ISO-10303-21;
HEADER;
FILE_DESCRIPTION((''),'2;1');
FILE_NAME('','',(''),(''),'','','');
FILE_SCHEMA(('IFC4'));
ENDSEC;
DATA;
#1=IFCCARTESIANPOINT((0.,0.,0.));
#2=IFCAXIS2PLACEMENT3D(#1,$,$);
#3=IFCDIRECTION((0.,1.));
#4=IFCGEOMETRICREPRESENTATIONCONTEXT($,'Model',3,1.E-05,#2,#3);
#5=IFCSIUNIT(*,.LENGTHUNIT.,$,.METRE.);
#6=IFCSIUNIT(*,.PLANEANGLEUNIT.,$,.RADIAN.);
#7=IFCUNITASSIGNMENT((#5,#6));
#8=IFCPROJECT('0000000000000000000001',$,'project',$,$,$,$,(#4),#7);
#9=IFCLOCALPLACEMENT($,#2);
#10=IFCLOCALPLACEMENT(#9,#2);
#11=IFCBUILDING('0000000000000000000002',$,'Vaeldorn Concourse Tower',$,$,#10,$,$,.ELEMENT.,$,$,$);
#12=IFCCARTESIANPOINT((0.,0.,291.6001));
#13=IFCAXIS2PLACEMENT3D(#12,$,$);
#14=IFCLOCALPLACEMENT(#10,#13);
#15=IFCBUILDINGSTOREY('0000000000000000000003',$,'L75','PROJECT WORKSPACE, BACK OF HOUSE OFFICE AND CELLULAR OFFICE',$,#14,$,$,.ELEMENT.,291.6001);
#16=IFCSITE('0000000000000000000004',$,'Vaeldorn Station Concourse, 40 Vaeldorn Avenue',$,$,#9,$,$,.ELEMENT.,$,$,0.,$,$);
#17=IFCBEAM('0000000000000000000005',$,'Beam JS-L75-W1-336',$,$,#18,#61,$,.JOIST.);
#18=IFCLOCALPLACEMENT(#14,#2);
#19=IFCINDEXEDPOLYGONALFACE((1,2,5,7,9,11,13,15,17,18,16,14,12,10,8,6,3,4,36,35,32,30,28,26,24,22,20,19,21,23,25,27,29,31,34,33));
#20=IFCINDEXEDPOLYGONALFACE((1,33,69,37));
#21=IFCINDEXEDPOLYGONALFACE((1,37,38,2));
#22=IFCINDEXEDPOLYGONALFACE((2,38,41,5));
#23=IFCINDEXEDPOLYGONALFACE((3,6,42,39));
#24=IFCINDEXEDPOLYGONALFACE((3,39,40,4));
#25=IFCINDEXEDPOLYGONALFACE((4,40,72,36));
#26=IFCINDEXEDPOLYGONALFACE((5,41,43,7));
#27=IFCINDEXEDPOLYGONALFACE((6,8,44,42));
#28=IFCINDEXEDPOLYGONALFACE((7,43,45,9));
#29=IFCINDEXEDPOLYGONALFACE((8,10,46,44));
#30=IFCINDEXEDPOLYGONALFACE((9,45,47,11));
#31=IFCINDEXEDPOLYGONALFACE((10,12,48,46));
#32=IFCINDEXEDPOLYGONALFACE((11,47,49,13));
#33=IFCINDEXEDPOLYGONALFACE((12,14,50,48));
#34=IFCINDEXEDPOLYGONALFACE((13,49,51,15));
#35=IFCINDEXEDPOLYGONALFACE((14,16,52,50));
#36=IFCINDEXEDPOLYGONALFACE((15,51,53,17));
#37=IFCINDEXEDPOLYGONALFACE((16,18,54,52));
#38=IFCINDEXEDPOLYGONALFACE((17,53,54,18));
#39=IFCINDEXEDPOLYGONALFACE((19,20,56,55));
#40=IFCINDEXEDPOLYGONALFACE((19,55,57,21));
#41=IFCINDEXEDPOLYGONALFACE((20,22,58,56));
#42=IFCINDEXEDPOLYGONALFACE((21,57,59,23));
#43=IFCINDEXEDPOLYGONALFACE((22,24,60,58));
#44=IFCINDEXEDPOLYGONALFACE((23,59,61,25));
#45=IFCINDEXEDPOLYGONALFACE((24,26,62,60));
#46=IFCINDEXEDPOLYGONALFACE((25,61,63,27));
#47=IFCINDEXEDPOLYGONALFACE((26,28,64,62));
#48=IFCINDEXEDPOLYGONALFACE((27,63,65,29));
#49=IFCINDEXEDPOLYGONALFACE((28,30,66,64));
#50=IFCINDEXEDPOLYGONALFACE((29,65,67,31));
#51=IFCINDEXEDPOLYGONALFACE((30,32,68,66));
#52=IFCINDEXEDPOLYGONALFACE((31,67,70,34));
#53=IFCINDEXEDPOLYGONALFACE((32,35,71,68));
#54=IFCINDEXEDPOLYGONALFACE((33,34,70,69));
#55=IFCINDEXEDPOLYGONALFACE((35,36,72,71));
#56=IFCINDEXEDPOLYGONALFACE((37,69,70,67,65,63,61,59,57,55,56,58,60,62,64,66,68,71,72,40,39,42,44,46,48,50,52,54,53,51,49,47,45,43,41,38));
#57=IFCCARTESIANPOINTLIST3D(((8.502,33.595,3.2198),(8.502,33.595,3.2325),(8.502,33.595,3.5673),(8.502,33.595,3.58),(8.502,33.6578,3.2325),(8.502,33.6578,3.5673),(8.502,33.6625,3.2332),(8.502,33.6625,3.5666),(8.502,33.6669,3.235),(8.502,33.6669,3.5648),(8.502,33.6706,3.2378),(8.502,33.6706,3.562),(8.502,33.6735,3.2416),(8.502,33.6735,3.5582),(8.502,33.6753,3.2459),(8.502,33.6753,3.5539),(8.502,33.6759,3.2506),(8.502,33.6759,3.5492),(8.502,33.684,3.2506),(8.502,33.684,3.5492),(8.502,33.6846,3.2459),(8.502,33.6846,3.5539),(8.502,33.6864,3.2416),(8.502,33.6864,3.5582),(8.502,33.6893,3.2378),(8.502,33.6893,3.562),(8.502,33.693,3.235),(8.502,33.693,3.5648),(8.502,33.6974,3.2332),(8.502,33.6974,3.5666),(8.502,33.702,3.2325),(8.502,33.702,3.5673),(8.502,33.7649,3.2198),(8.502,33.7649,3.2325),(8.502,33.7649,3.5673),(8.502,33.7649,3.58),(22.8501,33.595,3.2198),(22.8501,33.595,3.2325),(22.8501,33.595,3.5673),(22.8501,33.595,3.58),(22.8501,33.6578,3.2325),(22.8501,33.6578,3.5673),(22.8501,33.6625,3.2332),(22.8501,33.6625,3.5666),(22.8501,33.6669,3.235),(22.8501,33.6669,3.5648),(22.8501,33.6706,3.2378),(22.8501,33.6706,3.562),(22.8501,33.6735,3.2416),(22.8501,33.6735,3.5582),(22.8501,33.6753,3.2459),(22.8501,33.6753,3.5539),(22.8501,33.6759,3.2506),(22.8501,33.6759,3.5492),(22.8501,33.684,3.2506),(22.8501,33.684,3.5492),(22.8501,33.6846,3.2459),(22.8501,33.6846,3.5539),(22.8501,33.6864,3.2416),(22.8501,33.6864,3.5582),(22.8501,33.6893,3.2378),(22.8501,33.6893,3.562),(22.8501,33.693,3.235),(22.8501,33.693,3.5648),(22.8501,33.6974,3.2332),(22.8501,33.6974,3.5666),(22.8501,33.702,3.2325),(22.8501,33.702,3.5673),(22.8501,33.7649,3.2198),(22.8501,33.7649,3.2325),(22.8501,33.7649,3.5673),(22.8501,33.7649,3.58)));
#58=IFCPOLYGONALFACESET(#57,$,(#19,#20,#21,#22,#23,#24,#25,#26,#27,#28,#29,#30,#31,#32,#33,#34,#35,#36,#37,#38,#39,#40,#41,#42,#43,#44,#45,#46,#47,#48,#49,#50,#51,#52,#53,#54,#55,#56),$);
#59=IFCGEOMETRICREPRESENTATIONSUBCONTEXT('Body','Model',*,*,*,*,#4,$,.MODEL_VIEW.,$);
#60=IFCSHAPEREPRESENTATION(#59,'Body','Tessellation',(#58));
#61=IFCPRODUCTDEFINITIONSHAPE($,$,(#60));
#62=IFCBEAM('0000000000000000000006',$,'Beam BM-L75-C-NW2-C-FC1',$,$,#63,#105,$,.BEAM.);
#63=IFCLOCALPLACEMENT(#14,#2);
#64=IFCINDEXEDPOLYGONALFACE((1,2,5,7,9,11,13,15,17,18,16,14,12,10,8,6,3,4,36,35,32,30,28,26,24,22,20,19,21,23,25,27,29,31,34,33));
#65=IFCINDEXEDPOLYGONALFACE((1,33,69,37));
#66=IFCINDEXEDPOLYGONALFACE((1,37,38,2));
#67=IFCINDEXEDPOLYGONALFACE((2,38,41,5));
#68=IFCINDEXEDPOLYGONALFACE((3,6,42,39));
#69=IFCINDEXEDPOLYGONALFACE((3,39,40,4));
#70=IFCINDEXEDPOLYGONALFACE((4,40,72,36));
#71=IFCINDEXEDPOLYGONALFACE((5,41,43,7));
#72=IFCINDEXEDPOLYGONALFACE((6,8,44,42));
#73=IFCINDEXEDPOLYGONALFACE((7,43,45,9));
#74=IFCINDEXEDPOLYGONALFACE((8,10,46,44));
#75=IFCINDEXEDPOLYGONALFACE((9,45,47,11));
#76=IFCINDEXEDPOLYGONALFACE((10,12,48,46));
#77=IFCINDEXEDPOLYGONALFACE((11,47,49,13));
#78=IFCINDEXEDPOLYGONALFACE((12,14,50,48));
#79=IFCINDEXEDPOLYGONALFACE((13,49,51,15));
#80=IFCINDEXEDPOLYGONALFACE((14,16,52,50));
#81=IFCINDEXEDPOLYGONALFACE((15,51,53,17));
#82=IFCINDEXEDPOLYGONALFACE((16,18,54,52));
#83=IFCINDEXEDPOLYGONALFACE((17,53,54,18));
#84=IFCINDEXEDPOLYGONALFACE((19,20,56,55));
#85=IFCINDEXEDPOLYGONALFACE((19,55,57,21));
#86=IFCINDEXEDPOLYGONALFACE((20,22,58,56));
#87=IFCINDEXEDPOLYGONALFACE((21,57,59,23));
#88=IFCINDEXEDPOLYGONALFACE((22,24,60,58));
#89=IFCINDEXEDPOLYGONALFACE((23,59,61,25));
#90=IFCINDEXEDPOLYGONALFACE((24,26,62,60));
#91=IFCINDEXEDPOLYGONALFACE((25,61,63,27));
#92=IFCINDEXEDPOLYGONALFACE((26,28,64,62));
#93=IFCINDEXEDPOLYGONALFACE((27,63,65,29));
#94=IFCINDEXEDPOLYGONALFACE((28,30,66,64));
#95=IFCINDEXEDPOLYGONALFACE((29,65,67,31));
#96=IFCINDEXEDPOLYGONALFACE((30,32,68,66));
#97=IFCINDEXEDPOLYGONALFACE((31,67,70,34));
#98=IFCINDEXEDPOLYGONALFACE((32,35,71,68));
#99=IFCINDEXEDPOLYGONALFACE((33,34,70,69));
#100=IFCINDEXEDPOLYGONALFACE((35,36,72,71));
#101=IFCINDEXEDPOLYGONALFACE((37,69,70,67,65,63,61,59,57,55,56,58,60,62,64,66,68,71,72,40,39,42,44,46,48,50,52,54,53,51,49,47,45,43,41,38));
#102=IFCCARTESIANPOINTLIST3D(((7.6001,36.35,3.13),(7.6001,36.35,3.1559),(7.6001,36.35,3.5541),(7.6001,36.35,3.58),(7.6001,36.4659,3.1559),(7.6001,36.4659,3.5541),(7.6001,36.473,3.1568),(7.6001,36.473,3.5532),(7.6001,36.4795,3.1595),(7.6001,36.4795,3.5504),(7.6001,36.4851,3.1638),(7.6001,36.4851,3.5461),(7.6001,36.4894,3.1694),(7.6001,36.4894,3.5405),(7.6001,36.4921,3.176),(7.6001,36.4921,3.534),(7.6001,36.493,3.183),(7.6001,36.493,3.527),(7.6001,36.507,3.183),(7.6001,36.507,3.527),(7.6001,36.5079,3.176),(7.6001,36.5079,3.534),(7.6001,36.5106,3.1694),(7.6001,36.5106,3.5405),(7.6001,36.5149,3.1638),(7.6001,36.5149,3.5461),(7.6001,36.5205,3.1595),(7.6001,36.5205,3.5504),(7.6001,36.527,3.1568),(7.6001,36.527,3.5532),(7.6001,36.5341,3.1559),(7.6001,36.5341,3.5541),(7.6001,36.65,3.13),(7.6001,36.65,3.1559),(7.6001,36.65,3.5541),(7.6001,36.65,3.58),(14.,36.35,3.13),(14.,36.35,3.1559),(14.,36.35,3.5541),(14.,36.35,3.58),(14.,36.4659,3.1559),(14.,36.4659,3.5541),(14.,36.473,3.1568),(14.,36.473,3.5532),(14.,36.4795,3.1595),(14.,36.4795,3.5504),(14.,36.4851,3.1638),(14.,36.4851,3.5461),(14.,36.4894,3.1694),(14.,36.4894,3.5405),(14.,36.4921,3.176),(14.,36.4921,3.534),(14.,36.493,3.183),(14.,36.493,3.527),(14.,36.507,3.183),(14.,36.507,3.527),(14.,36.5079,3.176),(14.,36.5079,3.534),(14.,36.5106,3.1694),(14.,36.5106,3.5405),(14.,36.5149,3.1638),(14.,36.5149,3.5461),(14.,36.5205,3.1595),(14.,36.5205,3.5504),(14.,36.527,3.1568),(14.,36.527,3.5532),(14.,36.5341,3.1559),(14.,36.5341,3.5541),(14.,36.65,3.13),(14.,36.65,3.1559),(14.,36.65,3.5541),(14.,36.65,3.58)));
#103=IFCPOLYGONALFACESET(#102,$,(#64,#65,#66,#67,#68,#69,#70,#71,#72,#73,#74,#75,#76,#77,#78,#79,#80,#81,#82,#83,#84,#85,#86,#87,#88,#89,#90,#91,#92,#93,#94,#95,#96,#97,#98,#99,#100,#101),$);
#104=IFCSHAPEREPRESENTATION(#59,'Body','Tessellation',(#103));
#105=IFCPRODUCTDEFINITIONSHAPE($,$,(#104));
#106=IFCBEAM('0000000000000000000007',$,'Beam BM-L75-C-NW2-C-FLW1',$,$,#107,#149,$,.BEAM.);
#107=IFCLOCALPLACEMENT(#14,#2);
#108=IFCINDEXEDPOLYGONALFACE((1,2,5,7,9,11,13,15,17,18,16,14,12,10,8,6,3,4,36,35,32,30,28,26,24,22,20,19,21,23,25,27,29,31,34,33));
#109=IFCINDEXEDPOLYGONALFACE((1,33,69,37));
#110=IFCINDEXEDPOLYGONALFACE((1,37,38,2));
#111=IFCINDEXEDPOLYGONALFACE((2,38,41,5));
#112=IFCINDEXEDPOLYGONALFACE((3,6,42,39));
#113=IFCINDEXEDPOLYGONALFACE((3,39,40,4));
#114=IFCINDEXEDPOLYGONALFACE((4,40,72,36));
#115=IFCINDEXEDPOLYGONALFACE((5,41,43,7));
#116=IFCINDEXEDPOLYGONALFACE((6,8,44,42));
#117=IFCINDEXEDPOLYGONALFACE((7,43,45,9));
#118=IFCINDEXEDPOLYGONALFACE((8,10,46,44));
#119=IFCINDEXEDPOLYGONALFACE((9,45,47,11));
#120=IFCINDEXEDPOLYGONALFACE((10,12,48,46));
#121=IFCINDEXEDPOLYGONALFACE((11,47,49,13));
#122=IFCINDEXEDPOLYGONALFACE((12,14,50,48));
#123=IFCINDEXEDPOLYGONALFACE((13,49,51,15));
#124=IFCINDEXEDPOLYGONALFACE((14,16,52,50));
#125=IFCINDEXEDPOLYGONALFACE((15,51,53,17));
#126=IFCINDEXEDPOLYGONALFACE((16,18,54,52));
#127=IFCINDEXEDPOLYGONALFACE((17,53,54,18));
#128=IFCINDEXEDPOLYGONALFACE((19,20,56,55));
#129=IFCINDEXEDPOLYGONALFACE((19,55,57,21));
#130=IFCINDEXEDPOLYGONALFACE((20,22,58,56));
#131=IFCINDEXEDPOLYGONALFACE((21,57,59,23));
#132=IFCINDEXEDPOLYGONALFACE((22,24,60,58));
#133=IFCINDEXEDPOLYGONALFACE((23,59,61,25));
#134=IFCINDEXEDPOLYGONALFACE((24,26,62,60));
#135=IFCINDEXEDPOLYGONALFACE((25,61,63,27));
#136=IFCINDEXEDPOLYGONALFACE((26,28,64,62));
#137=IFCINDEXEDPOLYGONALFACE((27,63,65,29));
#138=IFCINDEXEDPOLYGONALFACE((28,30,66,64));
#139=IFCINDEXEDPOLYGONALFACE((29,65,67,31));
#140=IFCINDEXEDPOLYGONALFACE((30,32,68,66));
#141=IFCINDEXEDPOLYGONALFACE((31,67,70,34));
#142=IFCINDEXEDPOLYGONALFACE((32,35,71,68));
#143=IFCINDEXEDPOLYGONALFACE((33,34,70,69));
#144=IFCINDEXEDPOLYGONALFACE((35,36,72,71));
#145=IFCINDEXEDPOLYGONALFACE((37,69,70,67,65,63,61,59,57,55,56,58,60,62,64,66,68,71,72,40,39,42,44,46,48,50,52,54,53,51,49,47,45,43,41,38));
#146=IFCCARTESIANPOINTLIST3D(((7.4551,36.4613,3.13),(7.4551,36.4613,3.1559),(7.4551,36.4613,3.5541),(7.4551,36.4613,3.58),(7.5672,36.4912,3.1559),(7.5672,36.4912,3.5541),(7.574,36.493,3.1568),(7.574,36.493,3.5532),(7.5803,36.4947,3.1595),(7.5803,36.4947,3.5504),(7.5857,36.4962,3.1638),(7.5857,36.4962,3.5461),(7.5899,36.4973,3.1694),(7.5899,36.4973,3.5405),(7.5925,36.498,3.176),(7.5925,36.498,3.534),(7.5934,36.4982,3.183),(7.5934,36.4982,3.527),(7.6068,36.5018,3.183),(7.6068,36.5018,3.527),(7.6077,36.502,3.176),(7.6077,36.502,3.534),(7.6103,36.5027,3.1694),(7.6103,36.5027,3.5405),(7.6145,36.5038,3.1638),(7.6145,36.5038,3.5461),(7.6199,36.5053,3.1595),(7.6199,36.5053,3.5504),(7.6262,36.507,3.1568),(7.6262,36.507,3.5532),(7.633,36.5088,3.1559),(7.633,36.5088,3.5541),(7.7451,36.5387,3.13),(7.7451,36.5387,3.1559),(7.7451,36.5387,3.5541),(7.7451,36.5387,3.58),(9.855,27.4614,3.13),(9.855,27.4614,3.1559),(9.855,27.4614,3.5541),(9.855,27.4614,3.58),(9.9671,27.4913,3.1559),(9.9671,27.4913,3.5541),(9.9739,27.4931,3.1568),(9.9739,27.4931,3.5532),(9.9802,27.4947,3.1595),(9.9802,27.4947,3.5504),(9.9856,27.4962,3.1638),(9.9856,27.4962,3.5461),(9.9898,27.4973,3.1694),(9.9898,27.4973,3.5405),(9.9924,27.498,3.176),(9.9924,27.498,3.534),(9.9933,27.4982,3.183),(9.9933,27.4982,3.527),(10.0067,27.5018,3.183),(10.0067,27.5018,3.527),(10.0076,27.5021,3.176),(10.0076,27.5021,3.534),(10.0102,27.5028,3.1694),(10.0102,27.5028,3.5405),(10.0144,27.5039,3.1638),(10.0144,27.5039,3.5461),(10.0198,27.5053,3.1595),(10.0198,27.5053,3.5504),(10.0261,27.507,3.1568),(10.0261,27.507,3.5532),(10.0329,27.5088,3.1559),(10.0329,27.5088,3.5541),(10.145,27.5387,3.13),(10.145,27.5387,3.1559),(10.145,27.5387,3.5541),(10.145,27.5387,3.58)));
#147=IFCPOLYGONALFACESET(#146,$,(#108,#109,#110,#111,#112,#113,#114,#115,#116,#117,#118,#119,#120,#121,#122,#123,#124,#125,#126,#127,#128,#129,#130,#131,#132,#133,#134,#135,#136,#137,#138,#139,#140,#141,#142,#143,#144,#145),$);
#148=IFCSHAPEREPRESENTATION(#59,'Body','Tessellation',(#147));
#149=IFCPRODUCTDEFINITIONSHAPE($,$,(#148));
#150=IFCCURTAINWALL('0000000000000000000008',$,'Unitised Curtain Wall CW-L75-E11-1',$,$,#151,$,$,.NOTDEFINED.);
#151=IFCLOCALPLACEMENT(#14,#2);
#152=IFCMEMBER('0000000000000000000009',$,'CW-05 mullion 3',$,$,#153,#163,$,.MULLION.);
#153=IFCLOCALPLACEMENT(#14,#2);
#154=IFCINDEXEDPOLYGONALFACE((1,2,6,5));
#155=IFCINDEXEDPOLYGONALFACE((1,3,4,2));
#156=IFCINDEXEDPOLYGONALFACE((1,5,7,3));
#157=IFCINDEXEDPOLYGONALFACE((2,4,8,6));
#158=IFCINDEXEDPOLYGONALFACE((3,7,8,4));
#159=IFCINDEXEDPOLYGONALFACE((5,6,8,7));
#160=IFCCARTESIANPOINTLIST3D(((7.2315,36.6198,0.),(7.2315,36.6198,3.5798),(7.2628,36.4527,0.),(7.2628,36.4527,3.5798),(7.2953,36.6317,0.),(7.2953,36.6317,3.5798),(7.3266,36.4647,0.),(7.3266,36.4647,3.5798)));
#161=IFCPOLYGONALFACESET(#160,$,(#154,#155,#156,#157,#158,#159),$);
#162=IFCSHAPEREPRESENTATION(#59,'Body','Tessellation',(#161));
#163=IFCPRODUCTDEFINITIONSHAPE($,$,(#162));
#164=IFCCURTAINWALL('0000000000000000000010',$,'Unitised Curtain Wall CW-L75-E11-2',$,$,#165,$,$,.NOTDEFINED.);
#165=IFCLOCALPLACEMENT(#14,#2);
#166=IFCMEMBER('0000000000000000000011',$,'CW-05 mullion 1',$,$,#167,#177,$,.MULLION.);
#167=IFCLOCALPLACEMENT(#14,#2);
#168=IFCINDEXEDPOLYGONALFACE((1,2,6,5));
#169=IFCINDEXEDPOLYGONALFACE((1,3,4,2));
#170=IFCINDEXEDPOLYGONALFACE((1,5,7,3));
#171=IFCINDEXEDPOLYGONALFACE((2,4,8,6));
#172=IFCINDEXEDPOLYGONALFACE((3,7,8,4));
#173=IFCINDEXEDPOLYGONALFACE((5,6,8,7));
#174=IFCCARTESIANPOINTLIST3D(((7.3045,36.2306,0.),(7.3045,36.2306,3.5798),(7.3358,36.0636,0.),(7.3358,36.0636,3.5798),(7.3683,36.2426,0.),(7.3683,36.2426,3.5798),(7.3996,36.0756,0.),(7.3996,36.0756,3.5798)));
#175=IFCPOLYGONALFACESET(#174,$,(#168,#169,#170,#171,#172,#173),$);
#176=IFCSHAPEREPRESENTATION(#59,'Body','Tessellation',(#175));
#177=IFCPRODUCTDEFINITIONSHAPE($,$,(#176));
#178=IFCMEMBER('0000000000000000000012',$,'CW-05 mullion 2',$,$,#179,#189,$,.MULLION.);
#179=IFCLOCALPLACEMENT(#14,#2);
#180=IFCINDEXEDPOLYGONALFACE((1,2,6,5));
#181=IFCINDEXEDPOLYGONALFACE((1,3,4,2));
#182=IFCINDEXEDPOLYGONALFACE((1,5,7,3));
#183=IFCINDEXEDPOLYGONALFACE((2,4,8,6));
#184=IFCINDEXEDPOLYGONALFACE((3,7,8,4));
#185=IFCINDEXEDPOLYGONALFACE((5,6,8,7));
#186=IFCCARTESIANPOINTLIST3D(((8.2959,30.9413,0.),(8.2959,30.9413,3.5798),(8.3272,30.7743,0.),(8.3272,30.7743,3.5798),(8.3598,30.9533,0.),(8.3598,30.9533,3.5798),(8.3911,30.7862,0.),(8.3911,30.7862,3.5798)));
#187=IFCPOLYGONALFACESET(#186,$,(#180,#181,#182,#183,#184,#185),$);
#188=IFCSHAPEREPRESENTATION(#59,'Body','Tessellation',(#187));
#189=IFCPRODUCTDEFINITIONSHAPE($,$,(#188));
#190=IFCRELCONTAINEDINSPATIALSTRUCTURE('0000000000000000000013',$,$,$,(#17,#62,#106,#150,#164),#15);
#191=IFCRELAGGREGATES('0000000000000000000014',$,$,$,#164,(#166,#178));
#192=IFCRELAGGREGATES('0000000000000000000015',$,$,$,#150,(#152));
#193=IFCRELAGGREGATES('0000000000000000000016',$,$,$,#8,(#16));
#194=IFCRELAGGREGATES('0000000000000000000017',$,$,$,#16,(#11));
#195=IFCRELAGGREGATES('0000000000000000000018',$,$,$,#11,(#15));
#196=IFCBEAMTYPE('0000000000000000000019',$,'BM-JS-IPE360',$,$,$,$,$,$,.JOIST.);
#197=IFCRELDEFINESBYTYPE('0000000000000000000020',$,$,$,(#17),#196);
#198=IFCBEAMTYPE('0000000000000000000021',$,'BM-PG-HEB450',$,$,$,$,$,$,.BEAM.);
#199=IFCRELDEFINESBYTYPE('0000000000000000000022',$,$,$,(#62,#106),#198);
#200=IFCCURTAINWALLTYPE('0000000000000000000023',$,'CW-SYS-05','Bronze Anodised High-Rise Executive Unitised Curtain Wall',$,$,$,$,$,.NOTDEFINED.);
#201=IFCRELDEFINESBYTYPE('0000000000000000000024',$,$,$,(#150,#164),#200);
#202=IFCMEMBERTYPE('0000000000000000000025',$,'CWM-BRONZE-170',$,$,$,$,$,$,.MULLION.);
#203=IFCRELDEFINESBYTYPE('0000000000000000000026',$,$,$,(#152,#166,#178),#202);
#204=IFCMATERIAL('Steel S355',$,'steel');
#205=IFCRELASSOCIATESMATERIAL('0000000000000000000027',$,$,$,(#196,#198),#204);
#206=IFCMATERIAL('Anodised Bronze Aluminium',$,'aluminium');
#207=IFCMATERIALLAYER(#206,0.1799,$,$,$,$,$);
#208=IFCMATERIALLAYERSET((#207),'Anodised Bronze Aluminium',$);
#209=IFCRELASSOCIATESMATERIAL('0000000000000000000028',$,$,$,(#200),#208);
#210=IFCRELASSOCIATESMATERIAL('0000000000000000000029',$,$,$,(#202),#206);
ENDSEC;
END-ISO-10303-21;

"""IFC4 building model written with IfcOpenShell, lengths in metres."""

from ifc_helpers import new_model, si_unit, direction, frame, origin, origin_2d, place, context, subcontext, project, spatial, rectangle, i_section, extrude, source, transform, mapped, material, layer, layer_set, material_profile, profile_set, type_object, element, aggregate, save


model = new_model("IFC4")

# Units and contexts
model_context = context("Model", 3, precision=1e-05, world=origin(), true_north=direction((0.0, 1.0)))
body_context = subcontext(model_context, "Body", "Model", "MODEL_VIEW")
ifc_project = project(units=[si_unit("LENGTHUNIT", "METRE"), si_unit("PLANEANGLEUNIT", "RADIAN")], contexts=[model_context])

# Site, building, storey
site_placement = place(None, origin())
site = spatial("IfcSite", under=ifc_project, at=site_placement, Name="Vaeldorn Station Concourse, 40 Vaeldorn Avenue", CompositionType="ELEMENT", RefElevation=0.0)
building_placement = place(site_placement, origin())
building = spatial("IfcBuilding", under=site, at=building_placement, Name="Vaeldorn Concourse Tower", CompositionType="ELEMENT")
storey_placement = place(building_placement, frame((0.0, 0.0, 291.6001)))
storey = spatial("IfcBuildingStorey", under=building, at=storey_placement, Name="L75", Description="PROJECT WORKSPACE, BACK OF HOUSE OFFICE AND CELLULAR OFFICE", CompositionType="ELEMENT", Elevation=291.6001)

# Shared definitions
ifc_material_1 = material(Name="Steel S355", Category="steel")

# Beams
ifc_material_profile_1 = material_profile(ifc_material_1, i_section(OverallWidth=0.1699, OverallDepth=0.3601, WebThickness=0.0081, FlangeThickness=0.0127, FilletRadius=0.0181, at=origin_2d()), Name="IPE 360")
ifc_profile_set_1 = profile_set([ifc_material_profile_1], Name="Steel S355")
beam_type_1 = type_object("IfcBeamType", Name="BM-JS-IPE360", PredefinedType="JOIST", material=ifc_profile_set_1)
shared_shape_1 = source(origin(), body_context, "Body", "SweptSolid", [
    extrude(i_section(OverallWidth=0.1699, OverallDepth=0.3601, WebThickness=0.0081, FlangeThickness=0.0127, FilletRadius=0.0181, at=origin_2d()), origin(), (0.0, 0.0, 1.0), 14.3481),
])
beam_1_placement = place(storey_placement, frame((8.502, 33.6799, 3.3999), z_axis=(1.0, 0.0, 0.0), x_axis=(0.0, 1.0, 0.0)))
element("IfcBeam", 1, at=beam_1_placement, inside=storey, type_object=beam_type_1, Name="Beam JS-L75-W1-336", PredefinedType="JOIST", context=body_context, shape_type="MappedRepresentation", body=[
    mapped(shared_shape_1, transform((0.0, 0.0, 0.0), scale=1.0)),
])
ifc_material_profile_2 = material_profile(ifc_material_1, i_section(OverallWidth=0.3, OverallDepth=0.45, WebThickness=0.0139, FlangeThickness=0.0259, FilletRadius=0.0271, at=origin_2d()), Name="HEB 450")
ifc_profile_set_2 = profile_set([ifc_material_profile_2], Name="Steel S355")
beam_type_2 = type_object("IfcBeamType", Name="BM-PG-HEB450", PredefinedType="BEAM", material=ifc_profile_set_2)
shared_shape_2 = source(origin(), body_context, "Body", "SweptSolid", [
    extrude(i_section(OverallWidth=0.3, OverallDepth=0.45, WebThickness=0.0139, FlangeThickness=0.0259, FilletRadius=0.0271, at=origin_2d()), origin(), (0.0, 0.0, 1.0), 6.3999),
])
beam_2_placement = place(storey_placement, frame((7.6001, 36.5, 3.355), z_axis=(1.0, 0.0, 0.0), x_axis=(0.0, 1.0, 0.0)))
element("IfcBeam", 2, at=beam_2_placement, inside=storey, type_object=beam_type_2, Name="Beam BM-L75-C-NW2-C-FC1", PredefinedType="BEAM", context=body_context, shape_type="MappedRepresentation", body=[
    mapped(shared_shape_2, transform((0.0, 0.0, 0.0), scale=1.0)),
])
shared_shape_3 = source(origin(), body_context, "Body", "SweptSolid", [
    extrude(i_section(OverallWidth=0.3, OverallDepth=0.45, WebThickness=0.0139, FlangeThickness=0.0259, FilletRadius=0.0271, at=origin_2d()), origin(), (0.0, 0.0, 1.0), 9.3145),
])
beam_3_placement = place(storey_placement, frame((7.6001, 36.5, 3.355), z_axis=(0.257653, -0.966238, 0.0), x_axis=(0.966238, 0.257653, 0.0)))
element("IfcBeam", 3, at=beam_3_placement, inside=storey, type_object=beam_type_2, Name="Beam BM-L75-C-NW2-C-FLW1", PredefinedType="BEAM", context=body_context, shape_type="MappedRepresentation", body=[
    mapped(shared_shape_3, transform((0.0, 0.0, 0.0), scale=1.0)),
])

# Curtain wall, member
ifc_material_2 = material(Name="Anodised Bronze Aluminium", Category="aluminium")
ifc_layer_1 = layer(ifc_material_2, 0.1799)
ifc_layer_set_1 = layer_set([ifc_layer_1], Name="Anodised Bronze Aluminium")
curtain_wall_type = type_object("IfcCurtainWallType", Name="CW-SYS-05", Description="Bronze Anodised High-Rise Executive Unitised Curtain Wall", PredefinedType="NOTDEFINED", material=ifc_layer_set_1)
curtain_wall_1_placement = place(storey_placement, origin())
curtain_wall_1 = element("IfcCurtainWall", 4, at=curtain_wall_1_placement, inside=storey, type_object=curtain_wall_type, Name="Unitised Curtain Wall CW-L75-E11-1", PredefinedType="NOTDEFINED")
ifc_material_profile_3 = material_profile(ifc_material_2, rectangle(XDim=0.0649, YDim=0.1699, at=origin_2d()), Name="CWM 65x170")
ifc_profile_set_3 = profile_set([ifc_material_profile_3], Name="Anodised Bronze Aluminium")
member_type_1 = type_object("IfcMemberType", Name="CWM-BRONZE-170", PredefinedType="MULLION", material=ifc_profile_set_3)
shared_shape_4 = source(origin(), body_context, "Body", "SweptSolid", [
    extrude(rectangle(XDim=0.0649, YDim=0.1699, at=origin_2d()), origin(), (0.0, 0.0, 1.0), 3.5798),
])
member_1_placement = place(storey_placement, frame((7.2791, 36.5422, 0.0), z_axis=(0.0, 0.0, 1.0), x_axis=(0.98288, 0.184246, 0.0)))
member_1 = element("IfcMember", 5, at=member_1_placement, type_object=member_type_1, Name="CW-05 mullion 3", PredefinedType="MULLION", context=body_context, shape_type="MappedRepresentation", body=[
    mapped(shared_shape_4, transform((0.0, 0.0, 0.0), scale=1.0)),
])

# Curtain wall, members
curtain_wall_2_placement = place(storey_placement, origin())
curtain_wall_2 = element("IfcCurtainWall", 6, at=curtain_wall_2_placement, inside=storey, type_object=curtain_wall_type, Name="Unitised Curtain Wall CW-L75-E11-2", PredefinedType="NOTDEFINED")
member_2_placement = place(storey_placement, frame((7.3521, 36.1531, 0.0), z_axis=(0.0, 0.0, 1.0), x_axis=(0.98288, 0.184247, 0.0)))
member_2 = element("IfcMember", 7, at=member_2_placement, type_object=member_type_1, Name="CW-05 mullion 1", PredefinedType="MULLION", context=body_context, shape_type="MappedRepresentation", body=[
    mapped(shared_shape_4, transform((0.0, 0.0, 0.0), scale=1.0)),
])
member_3_placement = place(storey_placement, frame((8.3435, 30.8638, 0.0), z_axis=(0.0, 0.0, 1.0), x_axis=(0.98288, 0.184247, 0.0)))
member_3 = element("IfcMember", 8, at=member_3_placement, type_object=member_type_1, Name="CW-05 mullion 2", PredefinedType="MULLION", context=body_context, shape_type="MappedRepresentation", body=[
    mapped(shared_shape_4, transform((0.0, 0.0, 0.0), scale=1.0)),
])
aggregate(curtain_wall_2, [member_2, member_3])

aggregate(curtain_wall_1, [member_1])

save(model, "model.ifc")
